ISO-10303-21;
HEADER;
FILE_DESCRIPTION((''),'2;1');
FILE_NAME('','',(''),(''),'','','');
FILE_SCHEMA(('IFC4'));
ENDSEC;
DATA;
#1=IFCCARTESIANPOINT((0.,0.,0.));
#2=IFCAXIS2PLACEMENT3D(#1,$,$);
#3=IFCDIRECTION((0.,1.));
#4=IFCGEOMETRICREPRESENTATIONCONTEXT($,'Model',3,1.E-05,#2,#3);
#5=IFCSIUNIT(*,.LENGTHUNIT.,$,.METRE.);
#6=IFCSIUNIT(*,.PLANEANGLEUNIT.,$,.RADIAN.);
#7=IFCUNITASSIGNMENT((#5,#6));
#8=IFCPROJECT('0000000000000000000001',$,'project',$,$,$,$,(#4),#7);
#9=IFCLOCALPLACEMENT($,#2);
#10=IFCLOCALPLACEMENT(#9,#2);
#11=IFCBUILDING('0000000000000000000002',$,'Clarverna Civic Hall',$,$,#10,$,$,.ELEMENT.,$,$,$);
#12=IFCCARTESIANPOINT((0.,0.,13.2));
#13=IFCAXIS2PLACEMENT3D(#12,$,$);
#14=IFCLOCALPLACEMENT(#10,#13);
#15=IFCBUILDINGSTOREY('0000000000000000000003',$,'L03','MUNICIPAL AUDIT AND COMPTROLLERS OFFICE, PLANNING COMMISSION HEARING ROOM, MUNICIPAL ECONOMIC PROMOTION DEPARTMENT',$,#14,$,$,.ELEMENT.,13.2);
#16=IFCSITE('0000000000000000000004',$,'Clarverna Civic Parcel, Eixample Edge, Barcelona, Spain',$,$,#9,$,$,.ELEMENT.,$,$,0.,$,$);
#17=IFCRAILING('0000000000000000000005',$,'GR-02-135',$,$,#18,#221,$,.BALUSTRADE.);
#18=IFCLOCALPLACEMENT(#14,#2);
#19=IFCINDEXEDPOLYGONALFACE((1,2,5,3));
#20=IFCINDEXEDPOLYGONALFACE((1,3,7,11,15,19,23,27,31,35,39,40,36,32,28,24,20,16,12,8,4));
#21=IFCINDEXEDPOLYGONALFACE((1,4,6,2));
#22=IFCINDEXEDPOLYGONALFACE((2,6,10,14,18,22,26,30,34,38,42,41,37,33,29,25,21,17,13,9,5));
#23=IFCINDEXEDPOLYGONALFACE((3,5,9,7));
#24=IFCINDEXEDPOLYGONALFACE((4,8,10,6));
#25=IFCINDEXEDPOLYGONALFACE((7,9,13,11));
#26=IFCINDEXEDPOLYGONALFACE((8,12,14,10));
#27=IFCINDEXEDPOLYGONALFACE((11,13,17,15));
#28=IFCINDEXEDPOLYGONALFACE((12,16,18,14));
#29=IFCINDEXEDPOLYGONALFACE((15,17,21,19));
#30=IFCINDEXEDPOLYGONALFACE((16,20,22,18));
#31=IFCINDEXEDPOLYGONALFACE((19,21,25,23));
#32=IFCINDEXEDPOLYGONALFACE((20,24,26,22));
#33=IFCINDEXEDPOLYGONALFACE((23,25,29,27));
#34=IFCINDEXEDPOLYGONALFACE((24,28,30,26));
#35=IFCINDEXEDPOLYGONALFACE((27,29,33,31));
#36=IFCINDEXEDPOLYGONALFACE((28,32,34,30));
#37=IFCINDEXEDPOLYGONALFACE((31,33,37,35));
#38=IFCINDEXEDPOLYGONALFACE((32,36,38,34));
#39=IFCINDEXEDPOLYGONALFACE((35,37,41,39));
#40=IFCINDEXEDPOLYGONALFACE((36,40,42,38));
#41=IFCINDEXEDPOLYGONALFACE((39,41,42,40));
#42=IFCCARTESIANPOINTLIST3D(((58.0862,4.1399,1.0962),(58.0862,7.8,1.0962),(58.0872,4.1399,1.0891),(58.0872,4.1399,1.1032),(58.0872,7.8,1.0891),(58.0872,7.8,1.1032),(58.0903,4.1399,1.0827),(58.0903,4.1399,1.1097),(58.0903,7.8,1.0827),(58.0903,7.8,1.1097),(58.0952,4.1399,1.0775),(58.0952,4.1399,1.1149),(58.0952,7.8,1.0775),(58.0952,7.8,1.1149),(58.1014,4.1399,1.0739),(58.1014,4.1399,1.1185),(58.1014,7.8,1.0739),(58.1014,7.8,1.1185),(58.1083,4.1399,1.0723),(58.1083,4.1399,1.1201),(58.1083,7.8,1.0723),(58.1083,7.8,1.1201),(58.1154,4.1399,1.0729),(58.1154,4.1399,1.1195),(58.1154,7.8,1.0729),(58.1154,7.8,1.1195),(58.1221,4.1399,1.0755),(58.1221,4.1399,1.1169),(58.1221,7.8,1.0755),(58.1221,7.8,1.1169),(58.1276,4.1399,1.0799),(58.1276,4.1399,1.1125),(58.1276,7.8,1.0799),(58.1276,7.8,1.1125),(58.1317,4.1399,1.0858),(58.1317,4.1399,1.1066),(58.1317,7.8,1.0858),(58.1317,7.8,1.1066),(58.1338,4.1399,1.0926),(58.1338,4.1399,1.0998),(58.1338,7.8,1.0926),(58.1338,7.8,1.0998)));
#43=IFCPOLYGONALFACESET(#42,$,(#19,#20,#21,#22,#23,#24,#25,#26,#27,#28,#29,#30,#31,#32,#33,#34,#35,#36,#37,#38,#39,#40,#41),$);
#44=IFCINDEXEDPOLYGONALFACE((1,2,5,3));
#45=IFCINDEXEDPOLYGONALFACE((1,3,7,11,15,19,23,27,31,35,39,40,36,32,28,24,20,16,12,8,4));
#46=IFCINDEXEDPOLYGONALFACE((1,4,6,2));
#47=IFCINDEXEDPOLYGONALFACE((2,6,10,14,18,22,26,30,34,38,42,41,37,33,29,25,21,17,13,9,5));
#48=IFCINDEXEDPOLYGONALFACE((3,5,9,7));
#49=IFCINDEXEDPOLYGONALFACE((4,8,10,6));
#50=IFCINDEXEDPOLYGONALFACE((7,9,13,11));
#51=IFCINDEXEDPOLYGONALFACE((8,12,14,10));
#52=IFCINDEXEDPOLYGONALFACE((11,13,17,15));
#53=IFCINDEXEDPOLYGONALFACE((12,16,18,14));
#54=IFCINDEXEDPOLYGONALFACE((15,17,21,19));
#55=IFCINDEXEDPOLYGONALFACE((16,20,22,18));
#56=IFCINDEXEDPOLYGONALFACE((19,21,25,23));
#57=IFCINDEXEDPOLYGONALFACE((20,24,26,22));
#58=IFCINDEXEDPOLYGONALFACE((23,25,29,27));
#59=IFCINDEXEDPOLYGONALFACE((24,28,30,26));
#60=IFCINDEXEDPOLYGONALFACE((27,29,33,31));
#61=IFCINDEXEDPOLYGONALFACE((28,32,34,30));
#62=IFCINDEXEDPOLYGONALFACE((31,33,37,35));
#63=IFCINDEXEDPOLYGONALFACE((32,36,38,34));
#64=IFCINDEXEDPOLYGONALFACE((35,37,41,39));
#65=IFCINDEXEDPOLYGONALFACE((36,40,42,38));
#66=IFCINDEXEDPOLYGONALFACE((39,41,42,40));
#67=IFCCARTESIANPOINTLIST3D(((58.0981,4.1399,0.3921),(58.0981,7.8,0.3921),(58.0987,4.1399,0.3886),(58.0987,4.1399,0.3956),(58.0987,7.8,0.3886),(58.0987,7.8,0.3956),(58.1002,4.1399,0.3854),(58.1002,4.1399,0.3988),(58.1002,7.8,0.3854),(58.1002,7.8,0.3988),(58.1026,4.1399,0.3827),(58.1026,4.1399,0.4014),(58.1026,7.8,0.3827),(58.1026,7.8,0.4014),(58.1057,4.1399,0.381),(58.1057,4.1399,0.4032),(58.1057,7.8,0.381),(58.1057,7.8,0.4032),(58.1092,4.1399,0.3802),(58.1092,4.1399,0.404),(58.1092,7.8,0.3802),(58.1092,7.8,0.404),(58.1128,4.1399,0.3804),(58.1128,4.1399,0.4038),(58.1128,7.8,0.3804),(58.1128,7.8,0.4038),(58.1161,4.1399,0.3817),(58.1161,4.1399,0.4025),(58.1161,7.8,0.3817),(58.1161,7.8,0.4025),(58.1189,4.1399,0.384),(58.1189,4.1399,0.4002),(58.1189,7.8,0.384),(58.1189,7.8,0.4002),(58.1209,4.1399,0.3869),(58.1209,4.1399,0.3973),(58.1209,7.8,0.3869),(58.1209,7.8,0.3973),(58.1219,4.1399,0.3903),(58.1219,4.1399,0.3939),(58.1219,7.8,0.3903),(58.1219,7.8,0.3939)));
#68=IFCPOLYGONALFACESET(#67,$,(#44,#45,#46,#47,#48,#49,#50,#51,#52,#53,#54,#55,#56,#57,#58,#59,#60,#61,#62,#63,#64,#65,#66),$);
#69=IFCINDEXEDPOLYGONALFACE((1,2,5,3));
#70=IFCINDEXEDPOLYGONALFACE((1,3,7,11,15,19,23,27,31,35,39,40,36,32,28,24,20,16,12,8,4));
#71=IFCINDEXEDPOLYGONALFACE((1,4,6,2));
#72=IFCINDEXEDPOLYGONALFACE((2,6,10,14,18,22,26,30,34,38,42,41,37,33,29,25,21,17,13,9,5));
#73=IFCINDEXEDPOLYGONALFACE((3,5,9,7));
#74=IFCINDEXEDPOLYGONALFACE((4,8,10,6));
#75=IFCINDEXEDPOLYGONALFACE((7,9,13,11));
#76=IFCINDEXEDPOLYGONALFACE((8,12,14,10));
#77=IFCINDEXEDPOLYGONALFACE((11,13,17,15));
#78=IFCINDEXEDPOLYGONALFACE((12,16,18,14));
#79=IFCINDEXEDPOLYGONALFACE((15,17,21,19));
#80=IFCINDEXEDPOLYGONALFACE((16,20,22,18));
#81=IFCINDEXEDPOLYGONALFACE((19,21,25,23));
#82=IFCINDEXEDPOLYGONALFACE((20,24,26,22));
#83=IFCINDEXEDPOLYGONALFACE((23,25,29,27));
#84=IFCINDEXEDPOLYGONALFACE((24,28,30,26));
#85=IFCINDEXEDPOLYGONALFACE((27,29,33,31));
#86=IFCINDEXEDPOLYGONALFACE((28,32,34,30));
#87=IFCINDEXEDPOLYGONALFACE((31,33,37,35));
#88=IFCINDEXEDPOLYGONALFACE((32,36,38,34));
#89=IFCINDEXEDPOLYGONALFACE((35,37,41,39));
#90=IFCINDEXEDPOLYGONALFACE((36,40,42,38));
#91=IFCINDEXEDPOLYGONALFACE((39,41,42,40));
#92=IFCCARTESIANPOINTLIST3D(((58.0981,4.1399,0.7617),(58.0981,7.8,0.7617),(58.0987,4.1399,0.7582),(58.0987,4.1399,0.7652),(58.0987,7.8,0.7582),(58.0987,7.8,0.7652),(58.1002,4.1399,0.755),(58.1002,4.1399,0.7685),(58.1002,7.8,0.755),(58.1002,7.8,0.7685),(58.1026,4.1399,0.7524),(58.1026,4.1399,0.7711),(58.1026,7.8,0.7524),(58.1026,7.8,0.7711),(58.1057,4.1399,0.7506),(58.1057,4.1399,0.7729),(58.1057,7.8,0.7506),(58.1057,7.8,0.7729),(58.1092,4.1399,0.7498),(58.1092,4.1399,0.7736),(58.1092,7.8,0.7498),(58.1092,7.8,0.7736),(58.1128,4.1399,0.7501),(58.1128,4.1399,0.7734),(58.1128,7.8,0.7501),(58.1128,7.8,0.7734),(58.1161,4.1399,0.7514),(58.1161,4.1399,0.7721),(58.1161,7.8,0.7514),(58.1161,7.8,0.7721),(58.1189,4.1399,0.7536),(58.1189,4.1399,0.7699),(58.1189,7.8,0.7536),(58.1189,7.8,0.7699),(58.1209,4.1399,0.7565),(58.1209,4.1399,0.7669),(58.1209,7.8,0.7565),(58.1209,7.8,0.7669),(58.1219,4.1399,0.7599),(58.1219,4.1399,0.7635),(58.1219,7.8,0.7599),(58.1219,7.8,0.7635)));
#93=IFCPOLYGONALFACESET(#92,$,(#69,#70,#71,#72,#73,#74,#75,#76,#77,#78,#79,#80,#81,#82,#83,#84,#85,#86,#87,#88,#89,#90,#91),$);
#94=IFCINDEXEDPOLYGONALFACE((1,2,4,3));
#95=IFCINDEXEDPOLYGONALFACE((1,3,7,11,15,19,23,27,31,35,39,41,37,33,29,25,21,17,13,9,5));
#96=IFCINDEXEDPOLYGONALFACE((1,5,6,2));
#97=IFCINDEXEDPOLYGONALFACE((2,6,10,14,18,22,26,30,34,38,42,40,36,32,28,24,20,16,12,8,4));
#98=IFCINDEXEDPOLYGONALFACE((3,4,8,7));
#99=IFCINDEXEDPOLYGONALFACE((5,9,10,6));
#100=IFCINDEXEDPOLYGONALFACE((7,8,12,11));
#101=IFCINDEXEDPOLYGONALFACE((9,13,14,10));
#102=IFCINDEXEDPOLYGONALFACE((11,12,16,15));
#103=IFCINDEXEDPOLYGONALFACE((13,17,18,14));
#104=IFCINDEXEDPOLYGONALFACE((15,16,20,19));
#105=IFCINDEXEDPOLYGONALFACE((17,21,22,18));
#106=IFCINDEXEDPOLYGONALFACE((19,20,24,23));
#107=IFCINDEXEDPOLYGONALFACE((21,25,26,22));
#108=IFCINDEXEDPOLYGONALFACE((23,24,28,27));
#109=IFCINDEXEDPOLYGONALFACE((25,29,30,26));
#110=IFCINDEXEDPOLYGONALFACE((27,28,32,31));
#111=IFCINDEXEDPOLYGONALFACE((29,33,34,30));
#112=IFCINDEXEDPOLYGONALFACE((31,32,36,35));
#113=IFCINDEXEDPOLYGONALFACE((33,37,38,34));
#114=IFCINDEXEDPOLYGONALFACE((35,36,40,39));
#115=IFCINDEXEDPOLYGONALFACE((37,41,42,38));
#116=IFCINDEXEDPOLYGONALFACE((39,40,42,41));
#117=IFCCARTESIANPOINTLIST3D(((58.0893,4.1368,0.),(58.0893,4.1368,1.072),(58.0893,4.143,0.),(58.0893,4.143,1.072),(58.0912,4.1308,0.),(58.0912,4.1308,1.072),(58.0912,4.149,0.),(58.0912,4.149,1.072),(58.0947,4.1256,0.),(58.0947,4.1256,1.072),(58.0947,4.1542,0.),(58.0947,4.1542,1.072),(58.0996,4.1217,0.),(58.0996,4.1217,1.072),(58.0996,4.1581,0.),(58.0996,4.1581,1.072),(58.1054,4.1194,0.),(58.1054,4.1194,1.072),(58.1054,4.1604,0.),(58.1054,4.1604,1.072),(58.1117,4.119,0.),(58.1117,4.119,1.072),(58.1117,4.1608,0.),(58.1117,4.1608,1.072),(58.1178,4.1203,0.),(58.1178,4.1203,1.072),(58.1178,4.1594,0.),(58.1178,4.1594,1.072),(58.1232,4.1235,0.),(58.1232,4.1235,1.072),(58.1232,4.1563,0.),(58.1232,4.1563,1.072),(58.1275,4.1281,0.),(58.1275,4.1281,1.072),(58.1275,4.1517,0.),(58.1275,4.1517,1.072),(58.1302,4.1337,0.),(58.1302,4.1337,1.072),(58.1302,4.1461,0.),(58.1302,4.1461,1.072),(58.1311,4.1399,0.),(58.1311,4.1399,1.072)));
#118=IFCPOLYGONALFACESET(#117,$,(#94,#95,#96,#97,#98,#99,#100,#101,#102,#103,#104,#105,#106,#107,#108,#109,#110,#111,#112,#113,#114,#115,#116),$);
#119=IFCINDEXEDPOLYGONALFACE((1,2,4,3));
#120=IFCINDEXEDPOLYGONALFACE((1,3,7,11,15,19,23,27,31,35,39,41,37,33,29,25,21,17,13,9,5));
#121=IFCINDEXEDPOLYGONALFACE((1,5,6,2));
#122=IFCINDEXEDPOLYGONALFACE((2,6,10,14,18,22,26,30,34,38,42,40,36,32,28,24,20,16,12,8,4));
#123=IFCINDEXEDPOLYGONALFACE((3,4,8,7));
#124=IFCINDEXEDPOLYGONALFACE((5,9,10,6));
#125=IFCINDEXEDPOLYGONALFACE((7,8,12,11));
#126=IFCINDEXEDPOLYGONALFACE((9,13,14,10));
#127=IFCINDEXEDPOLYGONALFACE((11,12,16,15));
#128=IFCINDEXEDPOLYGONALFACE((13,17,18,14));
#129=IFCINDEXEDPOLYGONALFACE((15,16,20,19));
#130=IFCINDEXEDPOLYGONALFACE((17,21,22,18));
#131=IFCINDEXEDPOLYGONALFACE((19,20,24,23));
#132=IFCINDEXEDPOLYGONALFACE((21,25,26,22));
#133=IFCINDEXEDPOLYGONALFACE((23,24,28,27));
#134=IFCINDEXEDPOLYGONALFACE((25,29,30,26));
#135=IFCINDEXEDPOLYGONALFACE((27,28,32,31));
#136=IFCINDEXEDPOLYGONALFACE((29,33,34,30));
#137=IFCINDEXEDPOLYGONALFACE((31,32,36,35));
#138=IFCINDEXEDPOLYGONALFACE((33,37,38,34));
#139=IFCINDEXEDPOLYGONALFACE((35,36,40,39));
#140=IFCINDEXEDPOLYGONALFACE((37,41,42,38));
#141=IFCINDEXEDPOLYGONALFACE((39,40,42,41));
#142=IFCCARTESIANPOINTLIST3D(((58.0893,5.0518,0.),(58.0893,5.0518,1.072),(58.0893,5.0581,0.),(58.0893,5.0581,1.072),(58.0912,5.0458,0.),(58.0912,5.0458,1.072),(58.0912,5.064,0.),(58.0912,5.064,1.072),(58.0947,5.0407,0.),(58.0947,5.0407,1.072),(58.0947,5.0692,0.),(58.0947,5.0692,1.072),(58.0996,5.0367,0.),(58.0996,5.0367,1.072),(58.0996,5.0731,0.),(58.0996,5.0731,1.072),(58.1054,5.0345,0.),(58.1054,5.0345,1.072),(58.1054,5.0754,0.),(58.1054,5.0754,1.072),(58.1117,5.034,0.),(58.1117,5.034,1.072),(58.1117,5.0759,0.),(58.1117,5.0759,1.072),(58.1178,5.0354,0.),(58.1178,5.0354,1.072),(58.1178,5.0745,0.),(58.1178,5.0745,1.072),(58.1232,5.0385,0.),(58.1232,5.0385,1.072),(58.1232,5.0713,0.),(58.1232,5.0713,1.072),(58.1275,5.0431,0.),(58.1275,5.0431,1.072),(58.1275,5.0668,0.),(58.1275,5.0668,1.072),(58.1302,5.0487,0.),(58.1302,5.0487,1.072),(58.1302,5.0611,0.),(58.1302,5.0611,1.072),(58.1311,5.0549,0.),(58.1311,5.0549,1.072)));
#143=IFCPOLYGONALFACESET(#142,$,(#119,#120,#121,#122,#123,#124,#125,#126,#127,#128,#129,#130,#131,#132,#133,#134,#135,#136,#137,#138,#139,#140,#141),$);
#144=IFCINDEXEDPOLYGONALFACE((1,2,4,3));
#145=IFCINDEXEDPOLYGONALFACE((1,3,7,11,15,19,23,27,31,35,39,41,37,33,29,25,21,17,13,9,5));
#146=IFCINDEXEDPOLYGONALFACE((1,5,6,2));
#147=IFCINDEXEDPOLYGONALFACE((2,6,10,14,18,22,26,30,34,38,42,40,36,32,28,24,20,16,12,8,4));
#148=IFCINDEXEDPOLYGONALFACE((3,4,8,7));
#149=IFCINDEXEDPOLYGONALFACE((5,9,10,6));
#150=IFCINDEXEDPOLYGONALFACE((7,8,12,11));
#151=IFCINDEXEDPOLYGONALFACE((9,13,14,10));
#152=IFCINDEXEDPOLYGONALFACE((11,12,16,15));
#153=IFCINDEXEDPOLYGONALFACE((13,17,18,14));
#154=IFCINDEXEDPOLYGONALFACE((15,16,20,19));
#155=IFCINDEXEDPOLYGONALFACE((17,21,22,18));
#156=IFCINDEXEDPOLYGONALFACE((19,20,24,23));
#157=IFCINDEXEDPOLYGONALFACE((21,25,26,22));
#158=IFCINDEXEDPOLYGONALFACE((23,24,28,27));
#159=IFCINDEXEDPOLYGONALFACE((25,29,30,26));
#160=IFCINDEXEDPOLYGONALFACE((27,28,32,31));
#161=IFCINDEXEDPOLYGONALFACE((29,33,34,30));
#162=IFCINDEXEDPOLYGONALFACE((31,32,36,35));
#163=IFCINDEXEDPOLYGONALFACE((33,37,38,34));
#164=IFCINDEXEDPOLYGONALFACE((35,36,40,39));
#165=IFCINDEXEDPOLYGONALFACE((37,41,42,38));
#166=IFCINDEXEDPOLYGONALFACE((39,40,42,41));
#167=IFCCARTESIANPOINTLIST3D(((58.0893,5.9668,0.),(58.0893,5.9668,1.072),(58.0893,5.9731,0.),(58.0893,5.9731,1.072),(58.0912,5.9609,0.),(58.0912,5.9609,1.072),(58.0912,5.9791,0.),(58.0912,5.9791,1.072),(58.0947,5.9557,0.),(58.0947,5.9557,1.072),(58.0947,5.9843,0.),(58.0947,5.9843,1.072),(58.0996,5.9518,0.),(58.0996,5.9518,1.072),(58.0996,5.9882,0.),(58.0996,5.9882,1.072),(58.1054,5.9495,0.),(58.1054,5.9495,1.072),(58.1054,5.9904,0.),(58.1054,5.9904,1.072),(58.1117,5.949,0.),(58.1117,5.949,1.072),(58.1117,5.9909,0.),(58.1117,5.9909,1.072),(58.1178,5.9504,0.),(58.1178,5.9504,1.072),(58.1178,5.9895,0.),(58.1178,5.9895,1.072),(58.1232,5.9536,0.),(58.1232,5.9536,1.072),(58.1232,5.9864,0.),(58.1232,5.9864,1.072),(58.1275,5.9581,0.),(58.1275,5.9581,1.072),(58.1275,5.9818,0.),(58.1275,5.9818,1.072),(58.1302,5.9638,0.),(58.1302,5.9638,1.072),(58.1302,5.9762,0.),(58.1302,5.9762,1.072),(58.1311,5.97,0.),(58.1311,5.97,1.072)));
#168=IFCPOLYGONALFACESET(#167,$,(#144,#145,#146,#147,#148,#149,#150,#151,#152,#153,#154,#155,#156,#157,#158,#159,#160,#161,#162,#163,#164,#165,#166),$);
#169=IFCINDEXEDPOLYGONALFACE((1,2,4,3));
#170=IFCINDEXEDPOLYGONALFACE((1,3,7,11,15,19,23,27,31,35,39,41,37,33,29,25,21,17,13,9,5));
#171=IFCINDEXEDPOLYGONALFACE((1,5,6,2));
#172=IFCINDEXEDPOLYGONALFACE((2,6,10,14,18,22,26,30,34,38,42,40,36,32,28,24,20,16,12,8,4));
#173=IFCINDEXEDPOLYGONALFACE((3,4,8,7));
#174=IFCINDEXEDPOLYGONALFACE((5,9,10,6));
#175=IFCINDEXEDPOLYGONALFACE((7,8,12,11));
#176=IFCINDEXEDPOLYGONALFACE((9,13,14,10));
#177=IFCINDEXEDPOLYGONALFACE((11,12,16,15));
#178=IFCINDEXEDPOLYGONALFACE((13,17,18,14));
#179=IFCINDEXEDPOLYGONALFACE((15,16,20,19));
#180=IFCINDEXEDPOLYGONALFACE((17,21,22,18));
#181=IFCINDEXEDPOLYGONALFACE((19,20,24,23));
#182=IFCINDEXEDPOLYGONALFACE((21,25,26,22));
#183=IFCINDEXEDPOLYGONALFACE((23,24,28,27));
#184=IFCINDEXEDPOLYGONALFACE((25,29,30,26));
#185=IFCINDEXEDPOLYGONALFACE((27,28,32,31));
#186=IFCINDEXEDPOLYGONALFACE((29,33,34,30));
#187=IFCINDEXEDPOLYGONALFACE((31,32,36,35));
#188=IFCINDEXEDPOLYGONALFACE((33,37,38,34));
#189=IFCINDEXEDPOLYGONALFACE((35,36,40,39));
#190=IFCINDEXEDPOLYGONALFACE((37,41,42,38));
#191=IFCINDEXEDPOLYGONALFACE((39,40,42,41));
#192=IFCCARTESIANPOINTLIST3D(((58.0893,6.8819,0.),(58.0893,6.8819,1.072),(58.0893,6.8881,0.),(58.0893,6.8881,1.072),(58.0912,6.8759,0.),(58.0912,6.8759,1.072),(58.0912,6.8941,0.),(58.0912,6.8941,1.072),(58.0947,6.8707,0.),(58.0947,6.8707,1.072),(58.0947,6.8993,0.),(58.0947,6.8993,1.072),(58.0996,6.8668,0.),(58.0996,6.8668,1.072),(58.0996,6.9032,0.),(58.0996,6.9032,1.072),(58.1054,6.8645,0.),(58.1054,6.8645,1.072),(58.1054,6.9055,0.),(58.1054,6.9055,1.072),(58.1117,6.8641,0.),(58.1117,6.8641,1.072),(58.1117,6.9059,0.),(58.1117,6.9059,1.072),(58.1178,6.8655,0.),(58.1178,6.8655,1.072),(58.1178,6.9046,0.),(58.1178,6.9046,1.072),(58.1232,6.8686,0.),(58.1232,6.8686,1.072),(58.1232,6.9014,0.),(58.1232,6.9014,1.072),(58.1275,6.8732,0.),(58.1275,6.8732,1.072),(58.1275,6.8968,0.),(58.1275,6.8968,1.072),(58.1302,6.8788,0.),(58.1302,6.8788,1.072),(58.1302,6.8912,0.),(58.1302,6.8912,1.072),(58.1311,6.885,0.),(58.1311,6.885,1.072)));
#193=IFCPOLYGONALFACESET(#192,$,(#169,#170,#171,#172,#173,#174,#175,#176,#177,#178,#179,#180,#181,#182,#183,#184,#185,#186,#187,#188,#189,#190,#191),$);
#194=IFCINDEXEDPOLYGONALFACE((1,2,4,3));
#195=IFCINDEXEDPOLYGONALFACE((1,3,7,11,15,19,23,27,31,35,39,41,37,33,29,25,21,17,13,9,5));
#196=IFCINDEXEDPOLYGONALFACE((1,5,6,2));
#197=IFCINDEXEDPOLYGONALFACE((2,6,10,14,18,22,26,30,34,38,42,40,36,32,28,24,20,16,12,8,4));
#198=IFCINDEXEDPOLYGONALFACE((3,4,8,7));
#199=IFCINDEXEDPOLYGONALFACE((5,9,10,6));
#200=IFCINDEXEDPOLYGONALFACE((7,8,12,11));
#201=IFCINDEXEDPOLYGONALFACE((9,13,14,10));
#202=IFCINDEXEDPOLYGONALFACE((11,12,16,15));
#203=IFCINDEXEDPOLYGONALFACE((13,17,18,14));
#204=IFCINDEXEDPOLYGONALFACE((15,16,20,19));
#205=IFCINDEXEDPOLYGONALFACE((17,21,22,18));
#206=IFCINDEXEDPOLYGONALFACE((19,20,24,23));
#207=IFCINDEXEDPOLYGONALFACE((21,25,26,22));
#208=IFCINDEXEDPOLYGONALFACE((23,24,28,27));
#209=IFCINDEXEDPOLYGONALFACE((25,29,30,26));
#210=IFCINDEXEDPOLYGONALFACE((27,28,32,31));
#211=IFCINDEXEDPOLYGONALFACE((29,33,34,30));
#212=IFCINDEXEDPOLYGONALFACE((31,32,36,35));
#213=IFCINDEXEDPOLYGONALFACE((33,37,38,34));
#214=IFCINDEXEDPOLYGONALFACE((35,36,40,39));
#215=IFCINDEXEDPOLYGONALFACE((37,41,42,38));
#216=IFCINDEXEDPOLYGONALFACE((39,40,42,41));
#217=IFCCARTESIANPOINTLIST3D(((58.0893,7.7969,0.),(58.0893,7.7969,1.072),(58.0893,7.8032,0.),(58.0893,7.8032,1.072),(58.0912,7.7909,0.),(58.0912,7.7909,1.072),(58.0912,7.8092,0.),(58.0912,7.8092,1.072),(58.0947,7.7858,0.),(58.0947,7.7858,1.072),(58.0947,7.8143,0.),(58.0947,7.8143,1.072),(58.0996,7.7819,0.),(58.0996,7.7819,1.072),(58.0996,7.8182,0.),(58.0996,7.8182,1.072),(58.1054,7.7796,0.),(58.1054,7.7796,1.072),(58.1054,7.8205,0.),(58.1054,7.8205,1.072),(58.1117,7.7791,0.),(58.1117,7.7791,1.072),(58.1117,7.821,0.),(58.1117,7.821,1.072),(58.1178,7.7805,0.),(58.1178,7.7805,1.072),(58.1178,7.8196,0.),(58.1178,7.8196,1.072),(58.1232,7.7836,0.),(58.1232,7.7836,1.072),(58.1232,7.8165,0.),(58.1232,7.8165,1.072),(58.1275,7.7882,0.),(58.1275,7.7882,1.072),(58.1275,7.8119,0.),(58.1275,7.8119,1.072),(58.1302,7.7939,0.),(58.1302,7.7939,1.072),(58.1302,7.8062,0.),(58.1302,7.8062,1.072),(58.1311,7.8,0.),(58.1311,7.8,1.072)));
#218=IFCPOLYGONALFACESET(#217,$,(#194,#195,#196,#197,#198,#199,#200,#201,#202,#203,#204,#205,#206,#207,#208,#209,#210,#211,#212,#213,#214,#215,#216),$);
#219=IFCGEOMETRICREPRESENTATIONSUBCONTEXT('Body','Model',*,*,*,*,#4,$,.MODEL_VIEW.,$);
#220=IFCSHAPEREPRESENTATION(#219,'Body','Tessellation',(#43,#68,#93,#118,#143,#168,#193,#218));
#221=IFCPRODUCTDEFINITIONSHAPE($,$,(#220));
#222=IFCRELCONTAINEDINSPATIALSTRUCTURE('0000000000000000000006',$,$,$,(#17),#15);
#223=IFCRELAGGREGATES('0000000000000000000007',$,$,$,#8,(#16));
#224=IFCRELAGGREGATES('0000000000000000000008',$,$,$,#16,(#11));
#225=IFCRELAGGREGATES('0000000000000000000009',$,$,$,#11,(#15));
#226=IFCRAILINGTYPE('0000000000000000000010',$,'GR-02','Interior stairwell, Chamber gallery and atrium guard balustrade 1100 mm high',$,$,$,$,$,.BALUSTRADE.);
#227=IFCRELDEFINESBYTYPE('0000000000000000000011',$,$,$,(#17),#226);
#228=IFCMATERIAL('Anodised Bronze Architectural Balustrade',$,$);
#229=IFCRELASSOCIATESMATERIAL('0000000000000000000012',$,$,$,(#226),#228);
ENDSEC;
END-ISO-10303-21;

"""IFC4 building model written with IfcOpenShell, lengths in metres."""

from ifc_helpers import new_model, si_unit, direction, frame, origin, origin_2d, place, context, subcontext, project, spatial, circle, extrude, material, type_object, element, save


model = new_model("IFC4")

# Units and contexts
model_context = context("Model", 3, precision=1e-05, world=origin(), true_north=direction((0.0, 1.0)))
body_context = subcontext(model_context, "Body", "Model", "MODEL_VIEW")
ifc_project = project(units=[si_unit("LENGTHUNIT", "METRE"), si_unit("PLANEANGLEUNIT", "RADIAN")], contexts=[model_context])

# Site, building, storey
site_placement = place(None, origin())
site = spatial("IfcSite", under=ifc_project, at=site_placement, Name="Clarverna Civic Parcel, Eixample Edge, Barcelona, Spain", CompositionType="ELEMENT", RefElevation=0.0)
building_placement = place(site_placement, origin())
building = spatial("IfcBuilding", under=site, at=building_placement, Name="Clarverna Civic Hall", CompositionType="ELEMENT")
storey_placement = place(building_placement, frame((0.0, 0.0, 13.2)))
storey = spatial("IfcBuildingStorey", under=building, at=storey_placement, Name="L03", Description="MUNICIPAL AUDIT AND COMPTROLLERS OFFICE, PLANNING COMMISSION HEARING ROOM, MUNICIPAL ECONOMIC PROMOTION DEPARTMENT", CompositionType="ELEMENT", Elevation=13.2)

# Railing
ifc_material_1 = material(Name="Anodised Bronze Architectural Balustrade")
railing_type = type_object("IfcRailingType", Name="GR-02", Description="Interior stairwell, Chamber gallery and atrium guard balustrade 1100 mm high", PredefinedType="BALUSTRADE", material=ifc_material_1)
railing_placement = place(storey_placement, frame((58.1101, 4.1399, 0.0)))
element("IfcRailing", 1, at=railing_placement, inside=storey, type_object=railing_type, Name="GR-02-135", PredefinedType="BALUSTRADE", context=body_context, shape_type="SweptSolid", body=[
    extrude(circle(Radius=0.0239, at=origin_2d()), frame((0.0, 0.0, 1.0962), z_axis=(0.0, 1.0, 0.0), x_axis=(-1.0, 0.0, 0.0)), (0.0, 0.0, 1.0), 3.6602),
    extrude(circle(Radius=0.012, at=origin_2d()), frame((0.0, 0.0, 0.3921), z_axis=(0.0, 1.0, 0.0), x_axis=(-1.0, 0.0, 0.0)), (0.0, 0.0, 1.0), 3.6602),
    extrude(circle(Radius=0.012, at=origin_2d()), frame((0.0, 0.0, 0.7617), z_axis=(0.0, 1.0, 0.0), x_axis=(-1.0, 0.0, 0.0)), (0.0, 0.0, 1.0), 3.6602),
    extrude(circle(Radius=0.021, at=origin_2d()), origin(), (0.0, 0.0, 1.0), 1.072),
    extrude(circle(Radius=0.021, at=origin_2d()), frame((0.0, 0.915, 0.0)), (0.0, 0.0, 1.0), 1.072),
    extrude(circle(Radius=0.021, at=origin_2d()), frame((0.0, 1.8301, 0.0)), (0.0, 0.0, 1.0), 1.072),
    extrude(circle(Radius=0.021, at=origin_2d()), frame((0.0, 2.7451, 0.0)), (0.0, 0.0, 1.0), 1.072),
    extrude(circle(Radius=0.021, at=origin_2d()), frame((0.0, 3.6602, 0.0)), (0.0, 0.0, 1.0), 1.072),
])

save(model, "model.ifc")
